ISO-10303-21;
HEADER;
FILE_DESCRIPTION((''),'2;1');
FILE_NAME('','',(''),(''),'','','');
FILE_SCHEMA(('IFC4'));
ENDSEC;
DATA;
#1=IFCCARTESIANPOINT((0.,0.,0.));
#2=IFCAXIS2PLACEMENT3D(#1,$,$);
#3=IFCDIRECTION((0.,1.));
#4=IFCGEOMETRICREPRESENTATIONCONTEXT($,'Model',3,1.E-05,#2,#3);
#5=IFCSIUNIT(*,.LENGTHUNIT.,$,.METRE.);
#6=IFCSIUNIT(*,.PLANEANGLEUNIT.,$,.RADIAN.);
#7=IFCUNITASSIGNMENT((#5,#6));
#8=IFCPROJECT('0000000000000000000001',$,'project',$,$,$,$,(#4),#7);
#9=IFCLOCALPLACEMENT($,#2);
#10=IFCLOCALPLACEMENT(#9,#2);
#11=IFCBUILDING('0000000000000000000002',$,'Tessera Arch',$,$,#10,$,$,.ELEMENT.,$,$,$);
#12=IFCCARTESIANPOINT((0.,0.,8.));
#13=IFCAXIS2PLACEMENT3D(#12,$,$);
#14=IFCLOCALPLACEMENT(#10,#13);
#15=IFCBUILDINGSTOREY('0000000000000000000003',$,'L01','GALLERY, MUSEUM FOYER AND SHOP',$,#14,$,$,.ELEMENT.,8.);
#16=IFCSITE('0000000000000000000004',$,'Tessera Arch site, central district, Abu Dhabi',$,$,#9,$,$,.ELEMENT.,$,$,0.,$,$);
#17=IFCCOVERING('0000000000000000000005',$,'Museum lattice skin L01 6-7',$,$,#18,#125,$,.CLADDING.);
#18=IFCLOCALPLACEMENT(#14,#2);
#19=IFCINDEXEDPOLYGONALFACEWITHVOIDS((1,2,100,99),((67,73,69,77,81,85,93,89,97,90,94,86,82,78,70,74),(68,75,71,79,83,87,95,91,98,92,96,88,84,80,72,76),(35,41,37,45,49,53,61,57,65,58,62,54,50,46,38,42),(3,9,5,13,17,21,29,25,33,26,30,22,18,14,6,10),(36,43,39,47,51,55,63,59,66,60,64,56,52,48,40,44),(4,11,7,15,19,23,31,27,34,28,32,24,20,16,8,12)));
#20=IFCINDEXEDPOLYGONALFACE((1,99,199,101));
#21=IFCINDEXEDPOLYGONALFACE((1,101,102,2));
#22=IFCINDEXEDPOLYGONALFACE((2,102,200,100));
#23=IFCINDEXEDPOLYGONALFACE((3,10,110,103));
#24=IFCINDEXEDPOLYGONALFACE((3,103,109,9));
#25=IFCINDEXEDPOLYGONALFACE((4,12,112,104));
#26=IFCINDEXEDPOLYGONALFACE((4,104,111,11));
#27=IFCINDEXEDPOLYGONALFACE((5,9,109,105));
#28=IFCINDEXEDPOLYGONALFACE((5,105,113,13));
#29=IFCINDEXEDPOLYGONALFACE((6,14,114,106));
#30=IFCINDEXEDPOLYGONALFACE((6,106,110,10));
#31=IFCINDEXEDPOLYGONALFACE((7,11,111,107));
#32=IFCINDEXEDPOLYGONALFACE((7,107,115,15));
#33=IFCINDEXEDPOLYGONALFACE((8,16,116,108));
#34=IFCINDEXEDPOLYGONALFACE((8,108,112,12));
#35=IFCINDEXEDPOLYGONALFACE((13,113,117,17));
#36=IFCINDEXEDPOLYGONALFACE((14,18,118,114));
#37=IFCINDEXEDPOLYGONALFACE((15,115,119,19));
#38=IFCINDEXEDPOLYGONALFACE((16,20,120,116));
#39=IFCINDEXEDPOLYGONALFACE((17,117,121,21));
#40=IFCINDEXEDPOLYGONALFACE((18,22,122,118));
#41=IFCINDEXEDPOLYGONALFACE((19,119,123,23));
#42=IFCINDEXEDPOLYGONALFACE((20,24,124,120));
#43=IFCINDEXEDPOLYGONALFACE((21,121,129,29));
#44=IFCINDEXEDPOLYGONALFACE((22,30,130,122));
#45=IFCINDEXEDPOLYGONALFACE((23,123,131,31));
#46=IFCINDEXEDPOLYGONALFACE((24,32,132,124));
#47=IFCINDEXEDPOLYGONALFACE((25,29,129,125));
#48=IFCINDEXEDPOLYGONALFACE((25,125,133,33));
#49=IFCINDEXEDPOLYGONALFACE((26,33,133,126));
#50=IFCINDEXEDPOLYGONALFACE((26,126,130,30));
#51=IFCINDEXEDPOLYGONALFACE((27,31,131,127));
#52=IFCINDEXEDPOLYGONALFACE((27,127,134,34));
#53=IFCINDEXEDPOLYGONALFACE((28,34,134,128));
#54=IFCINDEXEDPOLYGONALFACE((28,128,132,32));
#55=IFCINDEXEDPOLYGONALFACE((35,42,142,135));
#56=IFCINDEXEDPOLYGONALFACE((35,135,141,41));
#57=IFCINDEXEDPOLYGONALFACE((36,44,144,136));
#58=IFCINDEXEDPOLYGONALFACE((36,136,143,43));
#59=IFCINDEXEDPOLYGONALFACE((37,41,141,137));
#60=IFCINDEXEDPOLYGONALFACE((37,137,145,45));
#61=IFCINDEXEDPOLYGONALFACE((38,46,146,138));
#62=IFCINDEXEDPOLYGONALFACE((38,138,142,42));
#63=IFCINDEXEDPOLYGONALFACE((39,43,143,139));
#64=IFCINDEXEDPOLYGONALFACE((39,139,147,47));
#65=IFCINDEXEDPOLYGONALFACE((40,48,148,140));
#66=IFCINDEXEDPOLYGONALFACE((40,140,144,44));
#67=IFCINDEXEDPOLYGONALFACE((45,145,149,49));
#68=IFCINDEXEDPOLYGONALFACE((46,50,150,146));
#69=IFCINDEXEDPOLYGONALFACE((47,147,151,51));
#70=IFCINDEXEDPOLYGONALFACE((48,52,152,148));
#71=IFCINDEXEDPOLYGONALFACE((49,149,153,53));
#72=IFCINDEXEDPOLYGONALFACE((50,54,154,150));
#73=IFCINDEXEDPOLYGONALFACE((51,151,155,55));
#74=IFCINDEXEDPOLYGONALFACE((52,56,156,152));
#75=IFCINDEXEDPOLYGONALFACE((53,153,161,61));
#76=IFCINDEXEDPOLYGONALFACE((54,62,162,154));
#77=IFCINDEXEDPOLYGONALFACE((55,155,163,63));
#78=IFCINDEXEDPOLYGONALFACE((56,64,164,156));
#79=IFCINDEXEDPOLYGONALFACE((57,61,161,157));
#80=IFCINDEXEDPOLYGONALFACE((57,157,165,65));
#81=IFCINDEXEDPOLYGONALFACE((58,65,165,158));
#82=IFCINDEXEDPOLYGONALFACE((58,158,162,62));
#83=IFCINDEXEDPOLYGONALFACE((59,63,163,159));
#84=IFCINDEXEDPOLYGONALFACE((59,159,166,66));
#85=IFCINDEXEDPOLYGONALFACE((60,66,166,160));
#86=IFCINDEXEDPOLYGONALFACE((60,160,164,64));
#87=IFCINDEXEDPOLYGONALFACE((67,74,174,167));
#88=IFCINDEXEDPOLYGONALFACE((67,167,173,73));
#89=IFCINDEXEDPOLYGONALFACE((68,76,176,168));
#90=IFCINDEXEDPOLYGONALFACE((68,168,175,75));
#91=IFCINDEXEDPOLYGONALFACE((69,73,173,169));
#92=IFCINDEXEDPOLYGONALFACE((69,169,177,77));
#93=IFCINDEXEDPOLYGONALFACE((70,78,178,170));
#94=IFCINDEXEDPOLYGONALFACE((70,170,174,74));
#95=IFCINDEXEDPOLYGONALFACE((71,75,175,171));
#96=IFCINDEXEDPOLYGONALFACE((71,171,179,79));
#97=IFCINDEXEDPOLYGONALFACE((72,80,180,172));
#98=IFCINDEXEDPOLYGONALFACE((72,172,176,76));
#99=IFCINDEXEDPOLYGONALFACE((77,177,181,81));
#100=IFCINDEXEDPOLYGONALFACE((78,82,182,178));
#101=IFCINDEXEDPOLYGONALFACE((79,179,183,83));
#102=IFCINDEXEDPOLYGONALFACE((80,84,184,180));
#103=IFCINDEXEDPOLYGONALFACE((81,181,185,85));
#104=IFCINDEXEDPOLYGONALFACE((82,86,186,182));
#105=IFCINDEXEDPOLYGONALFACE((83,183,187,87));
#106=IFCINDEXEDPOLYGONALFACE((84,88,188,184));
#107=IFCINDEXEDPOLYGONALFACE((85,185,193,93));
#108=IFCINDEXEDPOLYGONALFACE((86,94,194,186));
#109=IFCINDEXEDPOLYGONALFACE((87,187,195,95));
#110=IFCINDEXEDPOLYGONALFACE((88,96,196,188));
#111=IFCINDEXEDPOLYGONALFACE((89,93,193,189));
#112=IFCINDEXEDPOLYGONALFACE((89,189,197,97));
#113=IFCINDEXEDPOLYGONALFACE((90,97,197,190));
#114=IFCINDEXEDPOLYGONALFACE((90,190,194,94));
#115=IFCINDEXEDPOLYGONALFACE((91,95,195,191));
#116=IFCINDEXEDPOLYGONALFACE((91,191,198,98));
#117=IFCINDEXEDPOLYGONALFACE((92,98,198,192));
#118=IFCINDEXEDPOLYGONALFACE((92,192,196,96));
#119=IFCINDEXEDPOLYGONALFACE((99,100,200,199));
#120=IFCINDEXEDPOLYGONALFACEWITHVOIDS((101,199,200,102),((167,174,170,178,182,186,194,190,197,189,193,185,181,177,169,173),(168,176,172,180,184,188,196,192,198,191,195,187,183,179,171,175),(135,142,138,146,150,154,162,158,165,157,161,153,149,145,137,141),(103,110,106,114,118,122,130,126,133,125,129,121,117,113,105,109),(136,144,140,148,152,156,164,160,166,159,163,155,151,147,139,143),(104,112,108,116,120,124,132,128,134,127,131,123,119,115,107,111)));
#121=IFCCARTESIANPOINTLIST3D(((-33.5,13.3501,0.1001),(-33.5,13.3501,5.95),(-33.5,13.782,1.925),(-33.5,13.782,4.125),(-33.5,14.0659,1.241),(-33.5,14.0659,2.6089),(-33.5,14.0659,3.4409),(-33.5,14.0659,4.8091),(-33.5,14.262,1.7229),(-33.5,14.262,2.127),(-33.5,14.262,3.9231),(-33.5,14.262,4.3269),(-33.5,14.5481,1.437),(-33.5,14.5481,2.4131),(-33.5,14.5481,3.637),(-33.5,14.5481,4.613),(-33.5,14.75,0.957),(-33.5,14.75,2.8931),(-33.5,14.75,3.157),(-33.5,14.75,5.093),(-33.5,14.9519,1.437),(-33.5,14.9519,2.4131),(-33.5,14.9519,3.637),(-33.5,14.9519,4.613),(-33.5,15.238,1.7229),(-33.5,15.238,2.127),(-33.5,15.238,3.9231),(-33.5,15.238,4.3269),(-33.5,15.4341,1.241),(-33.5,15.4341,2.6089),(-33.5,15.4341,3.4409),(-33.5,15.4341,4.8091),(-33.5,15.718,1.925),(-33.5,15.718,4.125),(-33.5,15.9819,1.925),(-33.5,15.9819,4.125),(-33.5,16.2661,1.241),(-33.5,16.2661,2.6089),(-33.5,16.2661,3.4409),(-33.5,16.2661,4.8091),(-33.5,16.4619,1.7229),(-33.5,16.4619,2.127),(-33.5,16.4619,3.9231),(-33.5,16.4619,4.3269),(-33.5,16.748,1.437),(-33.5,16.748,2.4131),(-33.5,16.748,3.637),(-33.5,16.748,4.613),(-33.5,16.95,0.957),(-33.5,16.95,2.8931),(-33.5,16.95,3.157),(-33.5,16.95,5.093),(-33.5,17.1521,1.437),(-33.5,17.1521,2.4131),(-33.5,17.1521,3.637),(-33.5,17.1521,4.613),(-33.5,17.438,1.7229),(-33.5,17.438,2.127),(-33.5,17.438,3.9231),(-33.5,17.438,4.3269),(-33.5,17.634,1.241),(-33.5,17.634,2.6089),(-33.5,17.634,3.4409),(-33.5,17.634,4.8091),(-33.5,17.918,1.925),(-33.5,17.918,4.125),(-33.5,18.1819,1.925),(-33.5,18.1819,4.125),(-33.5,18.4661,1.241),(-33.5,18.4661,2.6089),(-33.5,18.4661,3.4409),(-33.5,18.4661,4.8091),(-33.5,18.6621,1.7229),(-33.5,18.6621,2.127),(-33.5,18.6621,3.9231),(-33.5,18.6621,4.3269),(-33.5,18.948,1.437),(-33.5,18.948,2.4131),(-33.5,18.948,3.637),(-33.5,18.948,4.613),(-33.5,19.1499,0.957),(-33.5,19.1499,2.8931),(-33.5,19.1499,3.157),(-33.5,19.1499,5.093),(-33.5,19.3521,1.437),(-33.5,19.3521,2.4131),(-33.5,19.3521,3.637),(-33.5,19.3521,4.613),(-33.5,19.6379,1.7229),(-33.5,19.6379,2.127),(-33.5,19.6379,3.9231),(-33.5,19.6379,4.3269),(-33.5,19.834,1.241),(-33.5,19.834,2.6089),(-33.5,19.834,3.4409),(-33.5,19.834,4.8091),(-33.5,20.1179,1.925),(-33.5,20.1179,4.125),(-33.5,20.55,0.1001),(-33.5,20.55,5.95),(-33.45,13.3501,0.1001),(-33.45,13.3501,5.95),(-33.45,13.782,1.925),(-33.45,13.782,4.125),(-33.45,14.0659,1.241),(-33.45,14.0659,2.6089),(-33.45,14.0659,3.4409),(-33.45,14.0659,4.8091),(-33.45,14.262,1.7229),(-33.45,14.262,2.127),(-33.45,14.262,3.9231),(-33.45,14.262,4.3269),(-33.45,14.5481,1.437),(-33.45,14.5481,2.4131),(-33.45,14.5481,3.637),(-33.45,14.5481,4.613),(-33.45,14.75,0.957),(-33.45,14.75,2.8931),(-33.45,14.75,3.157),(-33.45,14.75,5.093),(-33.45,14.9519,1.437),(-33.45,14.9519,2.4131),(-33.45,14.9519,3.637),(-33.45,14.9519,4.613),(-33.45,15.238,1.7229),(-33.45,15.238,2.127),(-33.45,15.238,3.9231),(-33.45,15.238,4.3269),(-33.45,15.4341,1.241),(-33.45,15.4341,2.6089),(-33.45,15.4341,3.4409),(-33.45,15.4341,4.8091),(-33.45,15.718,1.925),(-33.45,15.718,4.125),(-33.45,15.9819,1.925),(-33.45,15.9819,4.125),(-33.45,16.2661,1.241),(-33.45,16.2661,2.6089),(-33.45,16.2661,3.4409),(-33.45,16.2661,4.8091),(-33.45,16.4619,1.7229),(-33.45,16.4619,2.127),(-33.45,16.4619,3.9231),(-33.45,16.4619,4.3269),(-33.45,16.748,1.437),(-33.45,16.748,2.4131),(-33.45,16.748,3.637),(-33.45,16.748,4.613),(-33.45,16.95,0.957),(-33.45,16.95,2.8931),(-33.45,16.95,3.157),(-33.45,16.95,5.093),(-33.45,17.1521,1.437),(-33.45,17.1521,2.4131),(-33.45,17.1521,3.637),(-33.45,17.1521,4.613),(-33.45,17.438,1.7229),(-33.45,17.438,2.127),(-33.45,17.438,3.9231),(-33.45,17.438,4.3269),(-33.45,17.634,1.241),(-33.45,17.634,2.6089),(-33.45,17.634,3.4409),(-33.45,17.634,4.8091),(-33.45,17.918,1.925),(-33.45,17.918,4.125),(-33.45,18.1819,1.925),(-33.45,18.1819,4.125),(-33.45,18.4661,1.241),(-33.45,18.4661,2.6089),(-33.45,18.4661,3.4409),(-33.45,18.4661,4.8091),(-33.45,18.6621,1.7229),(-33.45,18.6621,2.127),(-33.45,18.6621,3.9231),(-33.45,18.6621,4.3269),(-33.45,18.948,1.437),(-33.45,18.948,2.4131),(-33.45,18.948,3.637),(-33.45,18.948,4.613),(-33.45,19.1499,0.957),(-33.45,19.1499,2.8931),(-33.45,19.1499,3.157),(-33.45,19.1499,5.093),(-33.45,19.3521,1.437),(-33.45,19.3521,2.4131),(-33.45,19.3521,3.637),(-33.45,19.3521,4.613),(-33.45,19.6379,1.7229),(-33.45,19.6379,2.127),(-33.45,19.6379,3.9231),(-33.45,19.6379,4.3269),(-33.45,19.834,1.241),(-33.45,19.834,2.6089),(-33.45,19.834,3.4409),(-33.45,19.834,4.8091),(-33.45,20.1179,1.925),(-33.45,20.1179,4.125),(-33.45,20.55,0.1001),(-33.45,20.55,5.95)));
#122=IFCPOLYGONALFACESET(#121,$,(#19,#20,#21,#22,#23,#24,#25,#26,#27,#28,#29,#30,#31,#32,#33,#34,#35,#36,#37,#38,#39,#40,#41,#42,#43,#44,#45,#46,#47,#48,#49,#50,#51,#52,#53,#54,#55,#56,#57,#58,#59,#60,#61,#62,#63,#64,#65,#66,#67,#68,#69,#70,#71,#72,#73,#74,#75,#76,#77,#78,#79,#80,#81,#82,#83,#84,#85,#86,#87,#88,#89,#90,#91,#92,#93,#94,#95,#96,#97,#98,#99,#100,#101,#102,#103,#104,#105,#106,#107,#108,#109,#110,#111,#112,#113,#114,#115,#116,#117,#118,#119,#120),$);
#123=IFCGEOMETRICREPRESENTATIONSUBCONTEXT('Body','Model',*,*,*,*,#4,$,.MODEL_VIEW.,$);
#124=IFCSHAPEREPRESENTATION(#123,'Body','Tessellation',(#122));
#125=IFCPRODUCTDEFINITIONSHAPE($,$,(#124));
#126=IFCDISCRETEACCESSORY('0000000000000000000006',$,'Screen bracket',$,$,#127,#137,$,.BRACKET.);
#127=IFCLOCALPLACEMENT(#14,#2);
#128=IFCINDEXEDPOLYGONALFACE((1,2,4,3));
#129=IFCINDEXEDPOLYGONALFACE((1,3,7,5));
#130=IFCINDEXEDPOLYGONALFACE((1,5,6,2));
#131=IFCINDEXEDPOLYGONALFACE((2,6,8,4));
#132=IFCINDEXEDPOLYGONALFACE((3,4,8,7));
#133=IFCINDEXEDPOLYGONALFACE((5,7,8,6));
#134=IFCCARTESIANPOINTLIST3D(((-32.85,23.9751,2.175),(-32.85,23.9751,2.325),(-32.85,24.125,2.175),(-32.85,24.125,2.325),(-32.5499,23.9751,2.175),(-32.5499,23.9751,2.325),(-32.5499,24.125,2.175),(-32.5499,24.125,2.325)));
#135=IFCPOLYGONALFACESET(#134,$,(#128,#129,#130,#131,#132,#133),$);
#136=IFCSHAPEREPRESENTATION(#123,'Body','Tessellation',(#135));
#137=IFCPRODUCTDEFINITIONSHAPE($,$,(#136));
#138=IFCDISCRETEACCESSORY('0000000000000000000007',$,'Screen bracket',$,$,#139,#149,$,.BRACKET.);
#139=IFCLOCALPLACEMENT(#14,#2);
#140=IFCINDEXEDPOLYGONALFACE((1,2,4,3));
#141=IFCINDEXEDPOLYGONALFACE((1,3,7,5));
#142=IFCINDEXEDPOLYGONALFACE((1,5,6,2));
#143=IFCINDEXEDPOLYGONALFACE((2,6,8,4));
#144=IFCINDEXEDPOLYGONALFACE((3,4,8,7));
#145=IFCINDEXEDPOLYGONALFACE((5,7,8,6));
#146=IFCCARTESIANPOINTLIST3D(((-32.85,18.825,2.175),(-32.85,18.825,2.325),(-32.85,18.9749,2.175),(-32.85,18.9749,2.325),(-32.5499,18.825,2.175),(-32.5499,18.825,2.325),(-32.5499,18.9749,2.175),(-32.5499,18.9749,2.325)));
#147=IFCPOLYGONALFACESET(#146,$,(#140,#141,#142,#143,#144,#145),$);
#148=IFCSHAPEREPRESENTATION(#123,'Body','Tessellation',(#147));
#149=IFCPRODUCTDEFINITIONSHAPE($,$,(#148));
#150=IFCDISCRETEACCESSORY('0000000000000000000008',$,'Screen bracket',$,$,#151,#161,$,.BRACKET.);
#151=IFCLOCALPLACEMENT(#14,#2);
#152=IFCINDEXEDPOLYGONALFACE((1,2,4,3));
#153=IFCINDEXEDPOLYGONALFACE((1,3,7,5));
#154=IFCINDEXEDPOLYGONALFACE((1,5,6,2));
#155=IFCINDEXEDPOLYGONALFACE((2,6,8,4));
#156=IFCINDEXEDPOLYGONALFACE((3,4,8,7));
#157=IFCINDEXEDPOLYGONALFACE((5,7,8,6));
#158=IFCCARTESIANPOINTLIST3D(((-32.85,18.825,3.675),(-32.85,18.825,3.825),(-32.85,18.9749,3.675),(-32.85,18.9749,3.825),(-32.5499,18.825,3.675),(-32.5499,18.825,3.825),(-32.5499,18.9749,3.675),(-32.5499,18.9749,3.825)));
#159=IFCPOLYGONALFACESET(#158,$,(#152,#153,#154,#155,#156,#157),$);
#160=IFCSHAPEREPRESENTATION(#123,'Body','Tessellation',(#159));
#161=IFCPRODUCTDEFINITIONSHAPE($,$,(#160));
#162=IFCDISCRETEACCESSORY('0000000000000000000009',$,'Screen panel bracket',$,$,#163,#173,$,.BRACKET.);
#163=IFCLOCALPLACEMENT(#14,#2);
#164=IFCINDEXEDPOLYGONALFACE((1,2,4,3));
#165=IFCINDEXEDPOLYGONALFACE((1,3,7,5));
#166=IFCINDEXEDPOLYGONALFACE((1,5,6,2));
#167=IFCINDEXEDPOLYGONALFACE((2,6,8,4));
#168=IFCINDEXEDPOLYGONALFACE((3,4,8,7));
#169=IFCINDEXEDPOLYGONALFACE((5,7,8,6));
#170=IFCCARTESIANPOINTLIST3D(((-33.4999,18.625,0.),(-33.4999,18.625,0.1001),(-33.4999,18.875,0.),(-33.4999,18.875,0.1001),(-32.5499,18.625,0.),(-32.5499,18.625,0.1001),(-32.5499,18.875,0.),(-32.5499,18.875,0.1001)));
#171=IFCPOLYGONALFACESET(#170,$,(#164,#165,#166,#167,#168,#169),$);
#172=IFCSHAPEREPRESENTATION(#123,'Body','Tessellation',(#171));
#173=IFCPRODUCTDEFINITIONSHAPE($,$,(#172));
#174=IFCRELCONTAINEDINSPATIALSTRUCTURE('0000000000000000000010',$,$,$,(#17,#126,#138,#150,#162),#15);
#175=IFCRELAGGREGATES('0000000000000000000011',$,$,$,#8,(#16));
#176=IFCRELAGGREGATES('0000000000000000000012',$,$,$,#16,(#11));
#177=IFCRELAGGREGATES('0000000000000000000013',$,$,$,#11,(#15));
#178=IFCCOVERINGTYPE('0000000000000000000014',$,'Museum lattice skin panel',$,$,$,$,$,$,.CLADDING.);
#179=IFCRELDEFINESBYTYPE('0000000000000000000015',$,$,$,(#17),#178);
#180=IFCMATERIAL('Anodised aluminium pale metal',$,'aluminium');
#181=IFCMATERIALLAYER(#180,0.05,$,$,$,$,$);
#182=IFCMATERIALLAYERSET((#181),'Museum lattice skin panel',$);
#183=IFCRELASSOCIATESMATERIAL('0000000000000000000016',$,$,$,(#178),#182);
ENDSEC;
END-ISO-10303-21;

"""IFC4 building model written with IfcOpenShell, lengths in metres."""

from ifc_helpers import new_model, si_unit, direction, frame, origin, origin_2d, place, context, subcontext, project, spatial, polyline, rectangle, outline, extrude, material, layer, layer_set, type_object, element, save


model = new_model("IFC4")

# Units and contexts
model_context = context("Model", 3, precision=1e-05, world=origin(), true_north=direction((0.0, 1.0)))
body_context = subcontext(model_context, "Body", "Model", "MODEL_VIEW")
ifc_project = project(units=[si_unit("LENGTHUNIT", "METRE"), si_unit("PLANEANGLEUNIT", "RADIAN")], contexts=[model_context])

# Site, building, storey
site_placement = place(None, origin())
site = spatial("IfcSite", under=ifc_project, at=site_placement, Name="Tessera Arch site, central district, Abu Dhabi", CompositionType="ELEMENT", RefElevation=0.0)
building_placement = place(site_placement, origin())
building = spatial("IfcBuilding", under=site, at=building_placement, Name="Tessera Arch", CompositionType="ELEMENT")
storey_placement = place(building_placement, frame((0.0, 0.0, 8.0)))
storey = spatial("IfcBuildingStorey", under=building, at=storey_placement, Name="L01", Description="GALLERY, MUSEUM FOYER AND SHOP", CompositionType="ELEMENT", Elevation=8.0)

# Covering
ifc_material_1 = material(Name="Anodised aluminium pale metal", Category="aluminium")
ifc_layer_1 = layer(ifc_material_1, 0.05)
ifc_layer_set_1 = layer_set([ifc_layer_1], Name="Museum lattice skin panel")
covering_type = type_object("IfcCoveringType", Name="Museum lattice skin panel", PredefinedType="CLADDING", material=ifc_layer_set_1)
covering_placement = place(storey_placement, frame((-33.45, 20.55, 5.95), z_axis=(1.0, 0.0, 0.0), x_axis=(0.0, -1.0, 0.0)))
element("IfcCovering", 1, at=covering_placement, inside=storey, type_object=covering_type, Name="Museum lattice skin L01 6-7", PredefinedType="CLADDING", context=body_context, shape_type="SweptSolid", body=[
    extrude(outline(polyline([(0.0, 0.0), (7.2, 0.0), (7.2, 5.8499), (0.0, 5.8499), (0.0, 0.0)]), holes=[polyline([(2.3682, 4.0249), (1.8879, 3.823), (2.084, 3.3411), (1.6021, 3.5369), (1.4001, 3.0569), (1.198, 3.5369), (0.7161, 3.3411), (0.9121, 3.823), (0.4321, 4.0249), (0.9121, 4.2271), (0.7161, 4.709), (1.198, 4.5129), (1.4001, 4.9929), (1.6021, 4.5129), (2.084, 4.709), (1.8879, 4.2271), (2.3682, 4.0249)]), polyline([(2.3682, 1.825), (1.8879, 1.623), (2.084, 1.1409), (1.6021, 1.3369), (1.4001, 0.8569), (1.198, 1.3369), (0.7161, 1.1409), (0.9121, 1.623), (0.4321, 1.825), (0.9121, 2.0269), (0.7161, 2.509), (1.198, 2.313), (1.4001, 2.793), (1.6021, 2.313), (2.084, 2.509), (1.8879, 2.0269), (2.3682, 1.825)]), polyline([(4.5681, 4.0249), (4.0881, 3.823), (4.2839, 3.3411), (3.802, 3.5369), (3.6001, 3.0569), (3.3979, 3.5369), (2.916, 3.3411), (3.1121, 3.823), (2.6321, 4.0249), (3.1121, 4.2271), (2.916, 4.709), (3.3979, 4.5129), (3.6001, 4.9929), (3.802, 4.5129), (4.2839, 4.709), (4.0881, 4.2271), (4.5681, 4.0249)]), polyline([(4.5681, 1.825), (4.0881, 1.623), (4.2839, 1.1409), (3.802, 1.3369), (3.6001, 0.8569), (3.3979, 1.3369), (2.916, 1.1409), (3.1121, 1.623), (2.6321, 1.825), (3.1121, 2.0269), (2.916, 2.509), (3.3979, 2.313), (3.6001, 2.793), (3.802, 2.313), (4.2839, 2.509), (4.0881, 2.0269), (4.5681, 1.825)]), polyline([(6.7681, 4.0249), (6.2881, 3.823), (6.4841, 3.3411), (6.002, 3.5369), (5.8, 3.0569), (5.5981, 3.5369), (5.116, 3.3411), (5.312, 3.823), (4.832, 4.0249), (5.312, 4.2271), (5.116, 4.709), (5.5981, 4.5129), (5.8, 4.9929), (6.002, 4.5129), (6.4841, 4.709), (6.2881, 4.2271), (6.7681, 4.0249)]), polyline([(6.7681, 1.825), (6.2881, 1.623), (6.4841, 1.1409), (6.002, 1.3369), (5.8, 0.8569), (5.5981, 1.3369), (5.116, 1.1409), (5.312, 1.623), (4.832, 1.825), (5.312, 2.0269), (5.116, 2.509), (5.5981, 2.313), (5.8, 2.793), (6.002, 2.313), (6.4841, 2.509), (6.2881, 2.0269), (6.7681, 1.825)])]), origin(), (0.0, 0.0, -1.0), 0.05),
])

# Discrete accessories
for number, where, z_axis, x_axis, name in (
    (2, (-32.7, 24.05, 2.175), (0.0, 0.0, 1.0), (-1.0, 0.0, 0.0), "Screen bracket"),
    (3, (-32.7, 18.8999, 2.175), (0.0, 0.0, 1.0), (-1.0, 0.0, 0.0), "Screen bracket"),
    (4, (-32.7, 18.8999, 3.675), (0.0, 0.0, 1.0), (-1.0, 0.0, 0.0), "Screen bracket"),
):
    element("IfcDiscreteAccessory", number, at=place(storey_placement, frame(where, z_axis=z_axis, x_axis=x_axis)), inside=storey, Name=name, PredefinedType="BRACKET", context=body_context, shape_type="SweptSolid", body=[
        extrude(rectangle(XDim=0.3, YDim=0.1499, at=origin_2d()), origin(), (0.0, 0.0, 1.0), 0.1499),
    ])
discrete_accessory_placement = place(storey_placement, frame((-33.0249, 18.75, 0.0), z_axis=(0.0, 0.0, 1.0), x_axis=(-1.0, 0.0, 0.0)))
element("IfcDiscreteAccessory", 5, at=discrete_accessory_placement, inside=storey, Name="Screen panel bracket", PredefinedType="BRACKET", context=body_context, shape_type="SweptSolid", body=[
    extrude(rectangle(XDim=0.95, YDim=0.25, at=origin_2d()), origin(), (0.0, 0.0, 1.0), 0.1001),
])

save(model, "model.ifc")
